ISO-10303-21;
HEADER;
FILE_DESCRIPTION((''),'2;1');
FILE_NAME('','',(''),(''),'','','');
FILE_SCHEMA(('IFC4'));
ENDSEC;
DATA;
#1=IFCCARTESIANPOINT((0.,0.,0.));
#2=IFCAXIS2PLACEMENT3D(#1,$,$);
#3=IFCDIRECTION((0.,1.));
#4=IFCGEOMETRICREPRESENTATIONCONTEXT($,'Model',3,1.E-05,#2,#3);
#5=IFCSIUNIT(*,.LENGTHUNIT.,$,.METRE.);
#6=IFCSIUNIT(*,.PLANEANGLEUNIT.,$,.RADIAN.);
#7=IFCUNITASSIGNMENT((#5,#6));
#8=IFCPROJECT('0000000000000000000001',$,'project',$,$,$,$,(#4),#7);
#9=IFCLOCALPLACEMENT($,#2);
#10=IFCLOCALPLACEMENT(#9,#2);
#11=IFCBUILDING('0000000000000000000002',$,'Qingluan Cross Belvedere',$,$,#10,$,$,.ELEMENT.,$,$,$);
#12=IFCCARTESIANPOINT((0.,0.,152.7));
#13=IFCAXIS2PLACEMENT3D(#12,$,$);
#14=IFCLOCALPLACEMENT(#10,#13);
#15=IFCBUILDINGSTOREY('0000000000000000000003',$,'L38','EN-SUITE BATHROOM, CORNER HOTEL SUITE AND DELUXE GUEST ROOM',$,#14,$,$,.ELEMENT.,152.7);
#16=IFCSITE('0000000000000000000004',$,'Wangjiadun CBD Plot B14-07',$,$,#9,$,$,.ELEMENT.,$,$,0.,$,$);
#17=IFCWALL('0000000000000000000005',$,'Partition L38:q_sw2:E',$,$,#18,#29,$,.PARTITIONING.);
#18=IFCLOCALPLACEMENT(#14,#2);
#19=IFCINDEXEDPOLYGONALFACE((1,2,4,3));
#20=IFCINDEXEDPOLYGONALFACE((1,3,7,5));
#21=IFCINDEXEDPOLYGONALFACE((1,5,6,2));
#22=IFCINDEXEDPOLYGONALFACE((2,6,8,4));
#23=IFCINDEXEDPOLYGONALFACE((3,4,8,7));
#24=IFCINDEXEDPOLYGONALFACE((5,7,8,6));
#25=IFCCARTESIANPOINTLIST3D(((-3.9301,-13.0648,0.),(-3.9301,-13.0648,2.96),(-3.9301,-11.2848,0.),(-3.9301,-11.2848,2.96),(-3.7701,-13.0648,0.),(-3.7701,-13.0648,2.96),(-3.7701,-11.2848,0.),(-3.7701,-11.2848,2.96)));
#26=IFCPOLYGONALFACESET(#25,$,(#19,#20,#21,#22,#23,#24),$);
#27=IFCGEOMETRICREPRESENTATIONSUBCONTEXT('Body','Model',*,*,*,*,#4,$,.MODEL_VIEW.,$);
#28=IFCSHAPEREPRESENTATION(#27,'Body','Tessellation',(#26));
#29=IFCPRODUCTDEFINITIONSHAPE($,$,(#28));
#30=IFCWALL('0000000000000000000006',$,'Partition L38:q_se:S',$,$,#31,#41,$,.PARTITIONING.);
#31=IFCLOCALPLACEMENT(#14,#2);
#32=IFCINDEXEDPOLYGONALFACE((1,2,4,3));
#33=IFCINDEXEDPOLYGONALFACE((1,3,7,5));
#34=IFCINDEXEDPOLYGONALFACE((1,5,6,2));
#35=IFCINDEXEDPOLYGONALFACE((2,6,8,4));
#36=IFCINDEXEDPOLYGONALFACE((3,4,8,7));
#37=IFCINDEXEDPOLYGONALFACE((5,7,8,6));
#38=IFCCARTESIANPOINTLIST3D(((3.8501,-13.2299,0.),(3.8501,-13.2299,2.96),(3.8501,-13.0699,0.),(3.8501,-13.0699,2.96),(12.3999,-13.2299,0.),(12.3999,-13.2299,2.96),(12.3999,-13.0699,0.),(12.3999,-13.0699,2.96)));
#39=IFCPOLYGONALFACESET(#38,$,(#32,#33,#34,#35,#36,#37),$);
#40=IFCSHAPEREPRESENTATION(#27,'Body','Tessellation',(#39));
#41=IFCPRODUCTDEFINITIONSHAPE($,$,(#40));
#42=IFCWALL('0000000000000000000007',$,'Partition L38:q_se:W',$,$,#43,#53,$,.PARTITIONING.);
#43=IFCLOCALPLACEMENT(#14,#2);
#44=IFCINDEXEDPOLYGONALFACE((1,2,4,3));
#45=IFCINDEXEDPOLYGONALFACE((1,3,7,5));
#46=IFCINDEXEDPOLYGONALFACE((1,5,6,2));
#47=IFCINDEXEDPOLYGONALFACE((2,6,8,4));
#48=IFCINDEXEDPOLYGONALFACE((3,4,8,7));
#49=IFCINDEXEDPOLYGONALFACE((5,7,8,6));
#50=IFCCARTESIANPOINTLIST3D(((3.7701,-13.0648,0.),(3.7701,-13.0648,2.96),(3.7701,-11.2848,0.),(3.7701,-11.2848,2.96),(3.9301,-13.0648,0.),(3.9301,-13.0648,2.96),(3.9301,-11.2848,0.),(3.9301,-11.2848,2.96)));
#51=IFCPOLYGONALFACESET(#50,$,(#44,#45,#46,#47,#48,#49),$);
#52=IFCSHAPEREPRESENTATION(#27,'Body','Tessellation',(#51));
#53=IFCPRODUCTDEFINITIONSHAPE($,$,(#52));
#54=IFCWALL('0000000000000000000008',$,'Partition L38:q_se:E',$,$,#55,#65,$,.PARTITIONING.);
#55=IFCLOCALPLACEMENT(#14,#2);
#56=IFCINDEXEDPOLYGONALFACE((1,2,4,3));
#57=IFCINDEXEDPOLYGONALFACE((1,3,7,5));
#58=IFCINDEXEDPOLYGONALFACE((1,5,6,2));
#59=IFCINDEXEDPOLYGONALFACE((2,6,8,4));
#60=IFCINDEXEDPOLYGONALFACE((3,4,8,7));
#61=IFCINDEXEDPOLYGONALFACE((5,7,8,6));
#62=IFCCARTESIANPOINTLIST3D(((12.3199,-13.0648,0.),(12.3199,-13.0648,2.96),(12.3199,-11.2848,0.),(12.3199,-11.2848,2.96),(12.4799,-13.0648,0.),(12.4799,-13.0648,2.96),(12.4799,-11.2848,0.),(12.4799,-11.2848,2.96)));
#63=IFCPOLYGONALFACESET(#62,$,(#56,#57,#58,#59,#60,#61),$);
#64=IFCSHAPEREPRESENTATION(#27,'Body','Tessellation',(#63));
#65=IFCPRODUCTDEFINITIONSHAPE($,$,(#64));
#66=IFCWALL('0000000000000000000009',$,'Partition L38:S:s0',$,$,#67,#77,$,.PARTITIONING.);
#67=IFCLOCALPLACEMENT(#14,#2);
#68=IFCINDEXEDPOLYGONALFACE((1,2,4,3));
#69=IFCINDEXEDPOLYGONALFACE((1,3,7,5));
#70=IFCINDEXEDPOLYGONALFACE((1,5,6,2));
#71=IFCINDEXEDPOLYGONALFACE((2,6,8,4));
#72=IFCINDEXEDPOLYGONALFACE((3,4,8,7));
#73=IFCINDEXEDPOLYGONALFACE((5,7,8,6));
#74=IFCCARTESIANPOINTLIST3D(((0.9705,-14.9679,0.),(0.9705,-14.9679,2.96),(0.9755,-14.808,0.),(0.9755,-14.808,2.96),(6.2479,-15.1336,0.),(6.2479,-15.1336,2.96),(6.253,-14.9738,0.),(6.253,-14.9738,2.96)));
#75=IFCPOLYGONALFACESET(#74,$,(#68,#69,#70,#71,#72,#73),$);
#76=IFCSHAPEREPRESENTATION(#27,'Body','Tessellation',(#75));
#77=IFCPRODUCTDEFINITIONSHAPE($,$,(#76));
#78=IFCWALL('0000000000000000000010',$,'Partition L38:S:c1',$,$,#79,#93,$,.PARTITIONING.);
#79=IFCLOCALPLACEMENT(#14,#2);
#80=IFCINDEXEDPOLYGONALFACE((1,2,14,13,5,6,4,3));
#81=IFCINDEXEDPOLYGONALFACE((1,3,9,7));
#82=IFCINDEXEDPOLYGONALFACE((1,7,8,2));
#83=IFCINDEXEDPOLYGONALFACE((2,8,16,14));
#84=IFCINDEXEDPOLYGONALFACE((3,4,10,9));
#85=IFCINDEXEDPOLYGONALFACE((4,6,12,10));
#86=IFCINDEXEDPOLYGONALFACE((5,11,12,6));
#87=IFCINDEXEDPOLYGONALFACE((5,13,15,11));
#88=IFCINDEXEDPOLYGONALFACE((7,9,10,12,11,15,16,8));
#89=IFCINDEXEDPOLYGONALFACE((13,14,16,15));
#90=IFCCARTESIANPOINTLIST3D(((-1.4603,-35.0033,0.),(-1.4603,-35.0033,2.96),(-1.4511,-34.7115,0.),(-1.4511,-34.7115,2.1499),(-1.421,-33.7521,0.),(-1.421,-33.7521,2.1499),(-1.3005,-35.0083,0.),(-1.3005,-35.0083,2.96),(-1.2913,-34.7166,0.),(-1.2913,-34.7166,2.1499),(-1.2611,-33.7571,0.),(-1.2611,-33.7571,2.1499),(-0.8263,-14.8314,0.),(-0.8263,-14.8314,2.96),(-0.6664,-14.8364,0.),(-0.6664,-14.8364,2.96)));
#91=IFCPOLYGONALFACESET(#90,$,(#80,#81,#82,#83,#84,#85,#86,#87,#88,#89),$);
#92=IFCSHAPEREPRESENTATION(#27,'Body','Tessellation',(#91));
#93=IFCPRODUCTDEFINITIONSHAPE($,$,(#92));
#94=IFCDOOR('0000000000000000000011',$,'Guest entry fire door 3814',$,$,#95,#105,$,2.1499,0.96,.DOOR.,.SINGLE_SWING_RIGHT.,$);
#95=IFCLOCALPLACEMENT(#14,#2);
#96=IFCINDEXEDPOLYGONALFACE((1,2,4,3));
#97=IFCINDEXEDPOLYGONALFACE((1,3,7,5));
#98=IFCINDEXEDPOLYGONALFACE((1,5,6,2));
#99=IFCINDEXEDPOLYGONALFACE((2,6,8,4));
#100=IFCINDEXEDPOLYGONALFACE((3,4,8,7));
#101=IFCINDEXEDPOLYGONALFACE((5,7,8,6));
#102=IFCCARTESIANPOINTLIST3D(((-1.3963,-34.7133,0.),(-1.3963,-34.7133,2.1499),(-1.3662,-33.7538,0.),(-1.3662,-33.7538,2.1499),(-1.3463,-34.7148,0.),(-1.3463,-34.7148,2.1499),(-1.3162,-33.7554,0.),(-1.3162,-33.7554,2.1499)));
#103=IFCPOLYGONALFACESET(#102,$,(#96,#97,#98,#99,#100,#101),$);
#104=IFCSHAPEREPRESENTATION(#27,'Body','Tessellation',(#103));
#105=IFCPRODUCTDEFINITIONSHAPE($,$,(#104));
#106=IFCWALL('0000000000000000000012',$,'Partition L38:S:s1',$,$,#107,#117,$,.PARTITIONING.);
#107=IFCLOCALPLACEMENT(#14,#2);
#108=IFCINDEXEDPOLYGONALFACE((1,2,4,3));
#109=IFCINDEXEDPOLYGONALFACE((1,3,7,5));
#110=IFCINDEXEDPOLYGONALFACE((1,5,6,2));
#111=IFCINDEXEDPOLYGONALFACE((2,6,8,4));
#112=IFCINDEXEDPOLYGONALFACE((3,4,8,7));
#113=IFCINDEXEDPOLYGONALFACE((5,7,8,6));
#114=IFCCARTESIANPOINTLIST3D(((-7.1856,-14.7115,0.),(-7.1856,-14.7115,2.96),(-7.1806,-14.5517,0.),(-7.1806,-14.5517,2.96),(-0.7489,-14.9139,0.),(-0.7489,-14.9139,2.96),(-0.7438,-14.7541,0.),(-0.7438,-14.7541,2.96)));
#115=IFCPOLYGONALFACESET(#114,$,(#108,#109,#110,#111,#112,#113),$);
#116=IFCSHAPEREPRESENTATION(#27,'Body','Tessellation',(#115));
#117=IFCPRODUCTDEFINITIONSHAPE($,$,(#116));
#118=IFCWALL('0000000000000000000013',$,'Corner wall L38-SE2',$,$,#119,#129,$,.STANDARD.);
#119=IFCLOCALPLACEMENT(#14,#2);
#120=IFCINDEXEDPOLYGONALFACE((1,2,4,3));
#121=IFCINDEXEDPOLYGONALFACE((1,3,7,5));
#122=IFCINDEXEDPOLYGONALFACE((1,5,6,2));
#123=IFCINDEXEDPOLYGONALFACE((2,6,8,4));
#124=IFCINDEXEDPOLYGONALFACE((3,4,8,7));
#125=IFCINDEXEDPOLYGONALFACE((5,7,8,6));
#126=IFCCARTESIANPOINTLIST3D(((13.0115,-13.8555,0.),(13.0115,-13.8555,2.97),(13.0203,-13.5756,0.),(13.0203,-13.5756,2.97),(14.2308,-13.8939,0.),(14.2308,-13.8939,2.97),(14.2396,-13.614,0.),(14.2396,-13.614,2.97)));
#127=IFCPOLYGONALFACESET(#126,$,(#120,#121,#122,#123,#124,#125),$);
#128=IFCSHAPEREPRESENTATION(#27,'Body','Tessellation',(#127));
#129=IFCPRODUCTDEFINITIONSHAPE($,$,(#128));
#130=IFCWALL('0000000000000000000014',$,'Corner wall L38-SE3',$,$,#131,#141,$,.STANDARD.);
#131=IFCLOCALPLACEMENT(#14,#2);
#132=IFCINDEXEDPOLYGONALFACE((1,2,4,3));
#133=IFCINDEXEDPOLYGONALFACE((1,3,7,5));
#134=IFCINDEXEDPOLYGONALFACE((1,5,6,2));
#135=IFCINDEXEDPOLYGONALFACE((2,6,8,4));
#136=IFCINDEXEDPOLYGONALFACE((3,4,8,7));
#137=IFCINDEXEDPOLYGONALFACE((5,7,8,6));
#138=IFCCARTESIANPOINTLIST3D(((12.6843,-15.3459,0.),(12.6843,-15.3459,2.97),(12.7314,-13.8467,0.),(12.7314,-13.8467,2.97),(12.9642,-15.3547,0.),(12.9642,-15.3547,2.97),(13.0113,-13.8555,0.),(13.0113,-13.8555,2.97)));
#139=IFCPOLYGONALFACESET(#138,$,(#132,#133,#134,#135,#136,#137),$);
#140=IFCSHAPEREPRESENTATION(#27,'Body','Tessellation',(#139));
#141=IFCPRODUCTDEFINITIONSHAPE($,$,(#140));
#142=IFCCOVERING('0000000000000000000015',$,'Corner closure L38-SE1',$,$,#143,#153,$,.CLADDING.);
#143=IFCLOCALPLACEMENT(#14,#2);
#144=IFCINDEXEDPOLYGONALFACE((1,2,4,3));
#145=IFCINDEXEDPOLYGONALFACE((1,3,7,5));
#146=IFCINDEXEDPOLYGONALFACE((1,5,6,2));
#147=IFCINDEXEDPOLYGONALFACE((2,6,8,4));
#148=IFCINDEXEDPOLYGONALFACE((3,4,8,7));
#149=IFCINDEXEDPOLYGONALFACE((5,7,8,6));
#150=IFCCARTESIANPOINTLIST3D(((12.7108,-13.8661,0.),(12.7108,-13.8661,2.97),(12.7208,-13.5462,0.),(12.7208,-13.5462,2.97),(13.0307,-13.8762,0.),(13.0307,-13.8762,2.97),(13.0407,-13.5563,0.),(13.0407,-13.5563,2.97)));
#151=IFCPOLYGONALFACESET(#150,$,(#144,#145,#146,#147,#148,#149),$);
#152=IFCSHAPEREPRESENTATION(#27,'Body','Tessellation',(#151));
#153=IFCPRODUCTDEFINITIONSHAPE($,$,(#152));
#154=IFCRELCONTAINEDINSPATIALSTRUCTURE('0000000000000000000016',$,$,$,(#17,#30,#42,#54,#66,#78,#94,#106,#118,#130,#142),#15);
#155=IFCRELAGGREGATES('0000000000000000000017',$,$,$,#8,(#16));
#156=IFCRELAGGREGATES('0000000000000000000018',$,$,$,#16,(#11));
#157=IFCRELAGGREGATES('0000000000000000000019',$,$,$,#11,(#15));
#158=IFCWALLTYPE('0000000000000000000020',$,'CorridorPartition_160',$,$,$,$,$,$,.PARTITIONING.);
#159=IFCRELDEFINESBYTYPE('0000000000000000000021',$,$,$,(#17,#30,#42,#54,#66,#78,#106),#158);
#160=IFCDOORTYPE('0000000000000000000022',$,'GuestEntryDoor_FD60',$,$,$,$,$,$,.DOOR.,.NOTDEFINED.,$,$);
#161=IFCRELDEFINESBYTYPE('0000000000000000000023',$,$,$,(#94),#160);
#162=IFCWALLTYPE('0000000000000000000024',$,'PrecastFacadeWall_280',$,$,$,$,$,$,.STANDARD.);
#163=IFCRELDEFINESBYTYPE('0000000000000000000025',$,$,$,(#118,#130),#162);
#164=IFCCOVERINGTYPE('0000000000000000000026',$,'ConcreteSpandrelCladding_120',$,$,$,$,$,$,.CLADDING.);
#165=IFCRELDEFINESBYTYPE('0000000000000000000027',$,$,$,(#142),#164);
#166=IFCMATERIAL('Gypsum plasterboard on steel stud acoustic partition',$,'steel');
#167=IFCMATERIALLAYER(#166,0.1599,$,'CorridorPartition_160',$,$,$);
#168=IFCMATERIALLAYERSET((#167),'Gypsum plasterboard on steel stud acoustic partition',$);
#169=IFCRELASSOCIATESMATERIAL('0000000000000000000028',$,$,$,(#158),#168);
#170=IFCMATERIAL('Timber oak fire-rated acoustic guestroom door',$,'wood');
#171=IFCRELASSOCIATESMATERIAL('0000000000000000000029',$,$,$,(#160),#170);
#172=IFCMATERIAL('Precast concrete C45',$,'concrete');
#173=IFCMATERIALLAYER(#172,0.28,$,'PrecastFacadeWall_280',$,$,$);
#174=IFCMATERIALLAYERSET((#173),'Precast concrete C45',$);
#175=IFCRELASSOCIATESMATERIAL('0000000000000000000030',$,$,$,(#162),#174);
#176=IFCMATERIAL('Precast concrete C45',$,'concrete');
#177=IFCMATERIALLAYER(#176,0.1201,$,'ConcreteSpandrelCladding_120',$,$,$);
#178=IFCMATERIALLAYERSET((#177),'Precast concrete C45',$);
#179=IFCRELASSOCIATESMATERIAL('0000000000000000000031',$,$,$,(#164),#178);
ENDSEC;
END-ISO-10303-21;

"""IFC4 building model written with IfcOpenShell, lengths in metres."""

from ifc_helpers import new_model, si_unit, direction, frame, frame_2d, origin, origin_2d, place, context, subcontext, project, spatial, rectangle, extrude, material, layer, layer_set, type_object, element, fill, save


model = new_model("IFC4")

# Units and contexts
model_context = context("Model", 3, precision=1e-05, world=origin(), true_north=direction((0.0, 1.0)))
body_context = subcontext(model_context, "Body", "Model", "MODEL_VIEW")
ifc_project = project(units=[si_unit("LENGTHUNIT", "METRE"), si_unit("PLANEANGLEUNIT", "RADIAN")], contexts=[model_context])

# Site, building, storey
site_placement = place(None, origin())
site = spatial("IfcSite", under=ifc_project, at=site_placement, Name="Wangjiadun CBD Plot B14-07", CompositionType="ELEMENT", RefElevation=0.0)
building_placement = place(site_placement, origin())
building = spatial("IfcBuilding", under=site, at=building_placement, Name="Qingluan Cross Belvedere", CompositionType="ELEMENT")
storey_placement = place(building_placement, frame((0.0, 0.0, 152.7)))
storey = spatial("IfcBuildingStorey", under=building, at=storey_placement, Name="L38", Description="EN-SUITE BATHROOM, CORNER HOTEL SUITE AND DELUXE GUEST ROOM", CompositionType="ELEMENT", Elevation=152.7)

# Walls
ifc_material_1 = material(Name="Gypsum plasterboard on steel stud acoustic partition", Category="steel")
ifc_layer_1 = layer(ifc_material_1, 0.1599, Name="CorridorPartition_160")
ifc_layer_set_1 = layer_set([ifc_layer_1], Name="Gypsum plasterboard on steel stud acoustic partition")
wall_type_1 = type_object("IfcWallType", Name="CorridorPartition_160", PredefinedType="PARTITIONING", material=ifc_layer_set_1)
wall_1_placement = place(storey_placement, frame((-3.8501, -13.0649, 0.0), z_axis=(0.0, 0.0, 1.0), x_axis=(0.0, 1.0, 0.0)))
element("IfcWall", 1, at=wall_1_placement, inside=storey, type_object=wall_type_1, Name="Partition L38:q_sw2:E", PredefinedType="PARTITIONING", context=body_context, shape_type="SweptSolid", body=[
    extrude(rectangle(XDim=1.78, YDim=0.1599, at=frame_2d((0.8901, 0.0))), origin(), (0.0, 0.0, 1.0), 2.96),
])
wall_2_placement = place(storey_placement, frame((3.8501, -13.1499, 0.0), z_axis=(0.0, 0.0, 1.0), x_axis=(1.0, 0.0, 0.0)))
element("IfcWall", 2, at=wall_2_placement, inside=storey, type_object=wall_type_1, Name="Partition L38:q_se:S", PredefinedType="PARTITIONING", context=body_context, shape_type="SweptSolid", body=[
    extrude(rectangle(XDim=8.5498, YDim=0.1599, at=frame_2d((4.2749, 0.0))), origin(), (0.0, 0.0, 1.0), 2.96),
])
for number, where, z_axis, x_axis, name in (
    (3, (3.8501, -13.0649, 0.0), (0.0, 0.0, 1.0), (0.0, 1.0, 0.0), "Partition L38:q_se:W"),
    (4, (12.3999, -13.0649, 0.0), (0.0, 0.0, 1.0), (0.0, 1.0, 0.0), "Partition L38:q_se:E"),
):
    element("IfcWall", number, at=place(storey_placement, frame(where, z_axis=z_axis, x_axis=x_axis)), inside=storey, type_object=wall_type_1, Name=name, PredefinedType="PARTITIONING", context=body_context, shape_type="SweptSolid", body=[
        extrude(rectangle(XDim=1.78, YDim=0.1599, at=frame_2d((0.8901, 0.0))), origin(), (0.0, 0.0, 1.0), 2.96),
    ])
wall_3_placement = place(storey_placement, frame((0.9729, -14.8879, 0.0), z_axis=(0.0, 0.0, 1.0), x_axis=(0.999507, -0.031396, 0.0)))
element("IfcWall", 5, at=wall_3_placement, inside=storey, type_object=wall_type_1, Name="Partition L38:S:s0", PredefinedType="PARTITIONING", context=body_context, shape_type="SweptSolid", body=[
    extrude(rectangle(XDim=5.28, YDim=0.1599, at=frame_2d((2.6401, 0.0))), origin(), (0.0, 0.0, 1.0), 2.96),
])

# Wall, opening, door
wall_4_placement = place(storey_placement, frame((-0.7463, -14.834, 0.0), z_axis=(0.0, 0.0, 1.0), x_axis=(-0.031416, -0.999506, 0.0)))
wall_4 = element("IfcWall", 6, at=wall_4_placement, inside=storey, type_object=wall_type_1, Name="Partition L38:S:c1", PredefinedType="PARTITIONING", context=body_context, shape_type="SweptSolid", body=[
    extrude(rectangle(XDim=20.1819, YDim=0.1599, at=frame_2d((10.0908, 0.0))), origin(), (0.0, 0.0, 1.0), 2.96),
])
opening_placement = place(wall_4_placement, frame((18.9299, 0.0, 0.0)))
opening = element("IfcOpeningElement", 7, at=opening_placement, cuts=wall_4, PredefinedType="OPENING", context=body_context, shape_type="SweptSolid", body=[
    extrude(rectangle(XDim=0.96, YDim=2.1499, at=frame_2d((0.48, 1.075))), frame((0.0, 0.0898, 0.0), z_axis=(0.0, -1.0, 0.0), x_axis=(1.0, 0.0, 0.0)), (0.0, 0.0, 1.0), 0.1799),
])
ifc_material_2 = material(Name="Timber oak fire-rated acoustic guestroom door", Category="wood")
door_type = type_object("IfcDoorType", Name="GuestEntryDoor_FD60", OperationType="NOTDEFINED", PredefinedType="DOOR", material=ifc_material_2)
door_placement = place(opening_placement, origin())
door = element("IfcDoor", 8, at=door_placement, inside=storey, type_object=door_type, Name="Guest entry fire door 3814", OperationType="SINGLE_SWING_RIGHT", OverallHeight=2.1499, OverallWidth=0.96, PredefinedType="DOOR", context=body_context, shape_type="SweptSolid", body=[
    extrude(rectangle(XDim=0.96, YDim=2.1499, at=frame_2d((0.48, 1.075))), frame((0.0, 0.0249, 0.0), z_axis=(0.0, -1.0, 0.0), x_axis=(1.0, 0.0, 0.0)), (0.0, 0.0, 1.0), 0.05),
])
fill(opening, door)

# Walls
wall_5_placement = place(storey_placement, frame((-0.7463, -14.834, 0.0), z_axis=(0.0, 0.0, 1.0), x_axis=(-0.999506, 0.031428, 0.0)))
element("IfcWall", 9, at=wall_5_placement, inside=storey, type_object=wall_type_1, Name="Partition L38:S:s1", PredefinedType="PARTITIONING", context=body_context, shape_type="SweptSolid", body=[
    extrude(rectangle(XDim=6.4399, YDim=0.1599, at=frame_2d((3.22, 0.0))), origin(), (0.0, 0.0, 1.0), 2.96),
])
ifc_material_3 = material(Name="Precast concrete C45", Category="concrete")
ifc_layer_2 = layer(ifc_material_3, 0.28, Name="PrecastFacadeWall_280")
ifc_layer_set_2 = layer_set([ifc_layer_2], Name="Precast concrete C45")
wall_type_2 = type_object("IfcWallType", Name="PrecastFacadeWall_280", PredefinedType="STANDARD", material=ifc_layer_set_2)
wall_6_placement = place(storey_placement, frame((14.2351, -13.7539, 0.0), z_axis=(0.0, 0.0, 1.0), x_axis=(-0.999506, 0.031416, 0.0)))
element("IfcWall", 10, at=wall_6_placement, inside=storey, type_object=wall_type_2, Name="Corner wall L38-SE2", PredefinedType="STANDARD", context=body_context, shape_type="SweptSolid", body=[
    extrude(rectangle(XDim=1.22, YDim=0.28, at=frame_2d((0.6099, 0.0))), origin(), (0.0, 0.0, 1.0), 2.97),
])
wall_7_placement = place(storey_placement, frame((12.8713, -13.8511, 0.0), z_axis=(0.0, 0.0, 1.0), x_axis=(-0.031413, -0.999507, 0.0)))
element("IfcWall", 11, at=wall_7_placement, inside=storey, type_object=wall_type_2, Name="Corner wall L38-SE3", PredefinedType="STANDARD", context=body_context, shape_type="SweptSolid", body=[
    extrude(rectangle(XDim=1.5, YDim=0.28, at=frame_2d((0.75, 0.0))), origin(), (0.0, 0.0, 1.0), 2.97),
])

# Covering
ifc_material_4 = material(Name="Precast concrete C45", Category="concrete")
ifc_layer_3 = layer(ifc_material_4, 0.1201, Name="ConcreteSpandrelCladding_120")
ifc_layer_set_3 = layer_set([ifc_layer_3], Name="Precast concrete C45")
covering_type = type_object("IfcCoveringType", Name="ConcreteSpandrelCladding_120", PredefinedType="CLADDING", material=ifc_layer_set_3)
covering_placement = place(storey_placement, frame((12.8757, -13.7112, 0.0), z_axis=(0.0, 0.0, 1.0), x_axis=(0.999507, -0.031411, 0.0)))
element("IfcCovering", 12, at=covering_placement, inside=storey, type_object=covering_type, Name="Corner closure L38-SE1", PredefinedType="CLADDING", context=body_context, shape_type="SweptSolid", body=[
    extrude(rectangle(XDim=0.3201, YDim=0.3201, at=origin_2d()), origin(), (0.0, 0.0, 1.0), 2.97),
])

save(model, "model.ifc")
